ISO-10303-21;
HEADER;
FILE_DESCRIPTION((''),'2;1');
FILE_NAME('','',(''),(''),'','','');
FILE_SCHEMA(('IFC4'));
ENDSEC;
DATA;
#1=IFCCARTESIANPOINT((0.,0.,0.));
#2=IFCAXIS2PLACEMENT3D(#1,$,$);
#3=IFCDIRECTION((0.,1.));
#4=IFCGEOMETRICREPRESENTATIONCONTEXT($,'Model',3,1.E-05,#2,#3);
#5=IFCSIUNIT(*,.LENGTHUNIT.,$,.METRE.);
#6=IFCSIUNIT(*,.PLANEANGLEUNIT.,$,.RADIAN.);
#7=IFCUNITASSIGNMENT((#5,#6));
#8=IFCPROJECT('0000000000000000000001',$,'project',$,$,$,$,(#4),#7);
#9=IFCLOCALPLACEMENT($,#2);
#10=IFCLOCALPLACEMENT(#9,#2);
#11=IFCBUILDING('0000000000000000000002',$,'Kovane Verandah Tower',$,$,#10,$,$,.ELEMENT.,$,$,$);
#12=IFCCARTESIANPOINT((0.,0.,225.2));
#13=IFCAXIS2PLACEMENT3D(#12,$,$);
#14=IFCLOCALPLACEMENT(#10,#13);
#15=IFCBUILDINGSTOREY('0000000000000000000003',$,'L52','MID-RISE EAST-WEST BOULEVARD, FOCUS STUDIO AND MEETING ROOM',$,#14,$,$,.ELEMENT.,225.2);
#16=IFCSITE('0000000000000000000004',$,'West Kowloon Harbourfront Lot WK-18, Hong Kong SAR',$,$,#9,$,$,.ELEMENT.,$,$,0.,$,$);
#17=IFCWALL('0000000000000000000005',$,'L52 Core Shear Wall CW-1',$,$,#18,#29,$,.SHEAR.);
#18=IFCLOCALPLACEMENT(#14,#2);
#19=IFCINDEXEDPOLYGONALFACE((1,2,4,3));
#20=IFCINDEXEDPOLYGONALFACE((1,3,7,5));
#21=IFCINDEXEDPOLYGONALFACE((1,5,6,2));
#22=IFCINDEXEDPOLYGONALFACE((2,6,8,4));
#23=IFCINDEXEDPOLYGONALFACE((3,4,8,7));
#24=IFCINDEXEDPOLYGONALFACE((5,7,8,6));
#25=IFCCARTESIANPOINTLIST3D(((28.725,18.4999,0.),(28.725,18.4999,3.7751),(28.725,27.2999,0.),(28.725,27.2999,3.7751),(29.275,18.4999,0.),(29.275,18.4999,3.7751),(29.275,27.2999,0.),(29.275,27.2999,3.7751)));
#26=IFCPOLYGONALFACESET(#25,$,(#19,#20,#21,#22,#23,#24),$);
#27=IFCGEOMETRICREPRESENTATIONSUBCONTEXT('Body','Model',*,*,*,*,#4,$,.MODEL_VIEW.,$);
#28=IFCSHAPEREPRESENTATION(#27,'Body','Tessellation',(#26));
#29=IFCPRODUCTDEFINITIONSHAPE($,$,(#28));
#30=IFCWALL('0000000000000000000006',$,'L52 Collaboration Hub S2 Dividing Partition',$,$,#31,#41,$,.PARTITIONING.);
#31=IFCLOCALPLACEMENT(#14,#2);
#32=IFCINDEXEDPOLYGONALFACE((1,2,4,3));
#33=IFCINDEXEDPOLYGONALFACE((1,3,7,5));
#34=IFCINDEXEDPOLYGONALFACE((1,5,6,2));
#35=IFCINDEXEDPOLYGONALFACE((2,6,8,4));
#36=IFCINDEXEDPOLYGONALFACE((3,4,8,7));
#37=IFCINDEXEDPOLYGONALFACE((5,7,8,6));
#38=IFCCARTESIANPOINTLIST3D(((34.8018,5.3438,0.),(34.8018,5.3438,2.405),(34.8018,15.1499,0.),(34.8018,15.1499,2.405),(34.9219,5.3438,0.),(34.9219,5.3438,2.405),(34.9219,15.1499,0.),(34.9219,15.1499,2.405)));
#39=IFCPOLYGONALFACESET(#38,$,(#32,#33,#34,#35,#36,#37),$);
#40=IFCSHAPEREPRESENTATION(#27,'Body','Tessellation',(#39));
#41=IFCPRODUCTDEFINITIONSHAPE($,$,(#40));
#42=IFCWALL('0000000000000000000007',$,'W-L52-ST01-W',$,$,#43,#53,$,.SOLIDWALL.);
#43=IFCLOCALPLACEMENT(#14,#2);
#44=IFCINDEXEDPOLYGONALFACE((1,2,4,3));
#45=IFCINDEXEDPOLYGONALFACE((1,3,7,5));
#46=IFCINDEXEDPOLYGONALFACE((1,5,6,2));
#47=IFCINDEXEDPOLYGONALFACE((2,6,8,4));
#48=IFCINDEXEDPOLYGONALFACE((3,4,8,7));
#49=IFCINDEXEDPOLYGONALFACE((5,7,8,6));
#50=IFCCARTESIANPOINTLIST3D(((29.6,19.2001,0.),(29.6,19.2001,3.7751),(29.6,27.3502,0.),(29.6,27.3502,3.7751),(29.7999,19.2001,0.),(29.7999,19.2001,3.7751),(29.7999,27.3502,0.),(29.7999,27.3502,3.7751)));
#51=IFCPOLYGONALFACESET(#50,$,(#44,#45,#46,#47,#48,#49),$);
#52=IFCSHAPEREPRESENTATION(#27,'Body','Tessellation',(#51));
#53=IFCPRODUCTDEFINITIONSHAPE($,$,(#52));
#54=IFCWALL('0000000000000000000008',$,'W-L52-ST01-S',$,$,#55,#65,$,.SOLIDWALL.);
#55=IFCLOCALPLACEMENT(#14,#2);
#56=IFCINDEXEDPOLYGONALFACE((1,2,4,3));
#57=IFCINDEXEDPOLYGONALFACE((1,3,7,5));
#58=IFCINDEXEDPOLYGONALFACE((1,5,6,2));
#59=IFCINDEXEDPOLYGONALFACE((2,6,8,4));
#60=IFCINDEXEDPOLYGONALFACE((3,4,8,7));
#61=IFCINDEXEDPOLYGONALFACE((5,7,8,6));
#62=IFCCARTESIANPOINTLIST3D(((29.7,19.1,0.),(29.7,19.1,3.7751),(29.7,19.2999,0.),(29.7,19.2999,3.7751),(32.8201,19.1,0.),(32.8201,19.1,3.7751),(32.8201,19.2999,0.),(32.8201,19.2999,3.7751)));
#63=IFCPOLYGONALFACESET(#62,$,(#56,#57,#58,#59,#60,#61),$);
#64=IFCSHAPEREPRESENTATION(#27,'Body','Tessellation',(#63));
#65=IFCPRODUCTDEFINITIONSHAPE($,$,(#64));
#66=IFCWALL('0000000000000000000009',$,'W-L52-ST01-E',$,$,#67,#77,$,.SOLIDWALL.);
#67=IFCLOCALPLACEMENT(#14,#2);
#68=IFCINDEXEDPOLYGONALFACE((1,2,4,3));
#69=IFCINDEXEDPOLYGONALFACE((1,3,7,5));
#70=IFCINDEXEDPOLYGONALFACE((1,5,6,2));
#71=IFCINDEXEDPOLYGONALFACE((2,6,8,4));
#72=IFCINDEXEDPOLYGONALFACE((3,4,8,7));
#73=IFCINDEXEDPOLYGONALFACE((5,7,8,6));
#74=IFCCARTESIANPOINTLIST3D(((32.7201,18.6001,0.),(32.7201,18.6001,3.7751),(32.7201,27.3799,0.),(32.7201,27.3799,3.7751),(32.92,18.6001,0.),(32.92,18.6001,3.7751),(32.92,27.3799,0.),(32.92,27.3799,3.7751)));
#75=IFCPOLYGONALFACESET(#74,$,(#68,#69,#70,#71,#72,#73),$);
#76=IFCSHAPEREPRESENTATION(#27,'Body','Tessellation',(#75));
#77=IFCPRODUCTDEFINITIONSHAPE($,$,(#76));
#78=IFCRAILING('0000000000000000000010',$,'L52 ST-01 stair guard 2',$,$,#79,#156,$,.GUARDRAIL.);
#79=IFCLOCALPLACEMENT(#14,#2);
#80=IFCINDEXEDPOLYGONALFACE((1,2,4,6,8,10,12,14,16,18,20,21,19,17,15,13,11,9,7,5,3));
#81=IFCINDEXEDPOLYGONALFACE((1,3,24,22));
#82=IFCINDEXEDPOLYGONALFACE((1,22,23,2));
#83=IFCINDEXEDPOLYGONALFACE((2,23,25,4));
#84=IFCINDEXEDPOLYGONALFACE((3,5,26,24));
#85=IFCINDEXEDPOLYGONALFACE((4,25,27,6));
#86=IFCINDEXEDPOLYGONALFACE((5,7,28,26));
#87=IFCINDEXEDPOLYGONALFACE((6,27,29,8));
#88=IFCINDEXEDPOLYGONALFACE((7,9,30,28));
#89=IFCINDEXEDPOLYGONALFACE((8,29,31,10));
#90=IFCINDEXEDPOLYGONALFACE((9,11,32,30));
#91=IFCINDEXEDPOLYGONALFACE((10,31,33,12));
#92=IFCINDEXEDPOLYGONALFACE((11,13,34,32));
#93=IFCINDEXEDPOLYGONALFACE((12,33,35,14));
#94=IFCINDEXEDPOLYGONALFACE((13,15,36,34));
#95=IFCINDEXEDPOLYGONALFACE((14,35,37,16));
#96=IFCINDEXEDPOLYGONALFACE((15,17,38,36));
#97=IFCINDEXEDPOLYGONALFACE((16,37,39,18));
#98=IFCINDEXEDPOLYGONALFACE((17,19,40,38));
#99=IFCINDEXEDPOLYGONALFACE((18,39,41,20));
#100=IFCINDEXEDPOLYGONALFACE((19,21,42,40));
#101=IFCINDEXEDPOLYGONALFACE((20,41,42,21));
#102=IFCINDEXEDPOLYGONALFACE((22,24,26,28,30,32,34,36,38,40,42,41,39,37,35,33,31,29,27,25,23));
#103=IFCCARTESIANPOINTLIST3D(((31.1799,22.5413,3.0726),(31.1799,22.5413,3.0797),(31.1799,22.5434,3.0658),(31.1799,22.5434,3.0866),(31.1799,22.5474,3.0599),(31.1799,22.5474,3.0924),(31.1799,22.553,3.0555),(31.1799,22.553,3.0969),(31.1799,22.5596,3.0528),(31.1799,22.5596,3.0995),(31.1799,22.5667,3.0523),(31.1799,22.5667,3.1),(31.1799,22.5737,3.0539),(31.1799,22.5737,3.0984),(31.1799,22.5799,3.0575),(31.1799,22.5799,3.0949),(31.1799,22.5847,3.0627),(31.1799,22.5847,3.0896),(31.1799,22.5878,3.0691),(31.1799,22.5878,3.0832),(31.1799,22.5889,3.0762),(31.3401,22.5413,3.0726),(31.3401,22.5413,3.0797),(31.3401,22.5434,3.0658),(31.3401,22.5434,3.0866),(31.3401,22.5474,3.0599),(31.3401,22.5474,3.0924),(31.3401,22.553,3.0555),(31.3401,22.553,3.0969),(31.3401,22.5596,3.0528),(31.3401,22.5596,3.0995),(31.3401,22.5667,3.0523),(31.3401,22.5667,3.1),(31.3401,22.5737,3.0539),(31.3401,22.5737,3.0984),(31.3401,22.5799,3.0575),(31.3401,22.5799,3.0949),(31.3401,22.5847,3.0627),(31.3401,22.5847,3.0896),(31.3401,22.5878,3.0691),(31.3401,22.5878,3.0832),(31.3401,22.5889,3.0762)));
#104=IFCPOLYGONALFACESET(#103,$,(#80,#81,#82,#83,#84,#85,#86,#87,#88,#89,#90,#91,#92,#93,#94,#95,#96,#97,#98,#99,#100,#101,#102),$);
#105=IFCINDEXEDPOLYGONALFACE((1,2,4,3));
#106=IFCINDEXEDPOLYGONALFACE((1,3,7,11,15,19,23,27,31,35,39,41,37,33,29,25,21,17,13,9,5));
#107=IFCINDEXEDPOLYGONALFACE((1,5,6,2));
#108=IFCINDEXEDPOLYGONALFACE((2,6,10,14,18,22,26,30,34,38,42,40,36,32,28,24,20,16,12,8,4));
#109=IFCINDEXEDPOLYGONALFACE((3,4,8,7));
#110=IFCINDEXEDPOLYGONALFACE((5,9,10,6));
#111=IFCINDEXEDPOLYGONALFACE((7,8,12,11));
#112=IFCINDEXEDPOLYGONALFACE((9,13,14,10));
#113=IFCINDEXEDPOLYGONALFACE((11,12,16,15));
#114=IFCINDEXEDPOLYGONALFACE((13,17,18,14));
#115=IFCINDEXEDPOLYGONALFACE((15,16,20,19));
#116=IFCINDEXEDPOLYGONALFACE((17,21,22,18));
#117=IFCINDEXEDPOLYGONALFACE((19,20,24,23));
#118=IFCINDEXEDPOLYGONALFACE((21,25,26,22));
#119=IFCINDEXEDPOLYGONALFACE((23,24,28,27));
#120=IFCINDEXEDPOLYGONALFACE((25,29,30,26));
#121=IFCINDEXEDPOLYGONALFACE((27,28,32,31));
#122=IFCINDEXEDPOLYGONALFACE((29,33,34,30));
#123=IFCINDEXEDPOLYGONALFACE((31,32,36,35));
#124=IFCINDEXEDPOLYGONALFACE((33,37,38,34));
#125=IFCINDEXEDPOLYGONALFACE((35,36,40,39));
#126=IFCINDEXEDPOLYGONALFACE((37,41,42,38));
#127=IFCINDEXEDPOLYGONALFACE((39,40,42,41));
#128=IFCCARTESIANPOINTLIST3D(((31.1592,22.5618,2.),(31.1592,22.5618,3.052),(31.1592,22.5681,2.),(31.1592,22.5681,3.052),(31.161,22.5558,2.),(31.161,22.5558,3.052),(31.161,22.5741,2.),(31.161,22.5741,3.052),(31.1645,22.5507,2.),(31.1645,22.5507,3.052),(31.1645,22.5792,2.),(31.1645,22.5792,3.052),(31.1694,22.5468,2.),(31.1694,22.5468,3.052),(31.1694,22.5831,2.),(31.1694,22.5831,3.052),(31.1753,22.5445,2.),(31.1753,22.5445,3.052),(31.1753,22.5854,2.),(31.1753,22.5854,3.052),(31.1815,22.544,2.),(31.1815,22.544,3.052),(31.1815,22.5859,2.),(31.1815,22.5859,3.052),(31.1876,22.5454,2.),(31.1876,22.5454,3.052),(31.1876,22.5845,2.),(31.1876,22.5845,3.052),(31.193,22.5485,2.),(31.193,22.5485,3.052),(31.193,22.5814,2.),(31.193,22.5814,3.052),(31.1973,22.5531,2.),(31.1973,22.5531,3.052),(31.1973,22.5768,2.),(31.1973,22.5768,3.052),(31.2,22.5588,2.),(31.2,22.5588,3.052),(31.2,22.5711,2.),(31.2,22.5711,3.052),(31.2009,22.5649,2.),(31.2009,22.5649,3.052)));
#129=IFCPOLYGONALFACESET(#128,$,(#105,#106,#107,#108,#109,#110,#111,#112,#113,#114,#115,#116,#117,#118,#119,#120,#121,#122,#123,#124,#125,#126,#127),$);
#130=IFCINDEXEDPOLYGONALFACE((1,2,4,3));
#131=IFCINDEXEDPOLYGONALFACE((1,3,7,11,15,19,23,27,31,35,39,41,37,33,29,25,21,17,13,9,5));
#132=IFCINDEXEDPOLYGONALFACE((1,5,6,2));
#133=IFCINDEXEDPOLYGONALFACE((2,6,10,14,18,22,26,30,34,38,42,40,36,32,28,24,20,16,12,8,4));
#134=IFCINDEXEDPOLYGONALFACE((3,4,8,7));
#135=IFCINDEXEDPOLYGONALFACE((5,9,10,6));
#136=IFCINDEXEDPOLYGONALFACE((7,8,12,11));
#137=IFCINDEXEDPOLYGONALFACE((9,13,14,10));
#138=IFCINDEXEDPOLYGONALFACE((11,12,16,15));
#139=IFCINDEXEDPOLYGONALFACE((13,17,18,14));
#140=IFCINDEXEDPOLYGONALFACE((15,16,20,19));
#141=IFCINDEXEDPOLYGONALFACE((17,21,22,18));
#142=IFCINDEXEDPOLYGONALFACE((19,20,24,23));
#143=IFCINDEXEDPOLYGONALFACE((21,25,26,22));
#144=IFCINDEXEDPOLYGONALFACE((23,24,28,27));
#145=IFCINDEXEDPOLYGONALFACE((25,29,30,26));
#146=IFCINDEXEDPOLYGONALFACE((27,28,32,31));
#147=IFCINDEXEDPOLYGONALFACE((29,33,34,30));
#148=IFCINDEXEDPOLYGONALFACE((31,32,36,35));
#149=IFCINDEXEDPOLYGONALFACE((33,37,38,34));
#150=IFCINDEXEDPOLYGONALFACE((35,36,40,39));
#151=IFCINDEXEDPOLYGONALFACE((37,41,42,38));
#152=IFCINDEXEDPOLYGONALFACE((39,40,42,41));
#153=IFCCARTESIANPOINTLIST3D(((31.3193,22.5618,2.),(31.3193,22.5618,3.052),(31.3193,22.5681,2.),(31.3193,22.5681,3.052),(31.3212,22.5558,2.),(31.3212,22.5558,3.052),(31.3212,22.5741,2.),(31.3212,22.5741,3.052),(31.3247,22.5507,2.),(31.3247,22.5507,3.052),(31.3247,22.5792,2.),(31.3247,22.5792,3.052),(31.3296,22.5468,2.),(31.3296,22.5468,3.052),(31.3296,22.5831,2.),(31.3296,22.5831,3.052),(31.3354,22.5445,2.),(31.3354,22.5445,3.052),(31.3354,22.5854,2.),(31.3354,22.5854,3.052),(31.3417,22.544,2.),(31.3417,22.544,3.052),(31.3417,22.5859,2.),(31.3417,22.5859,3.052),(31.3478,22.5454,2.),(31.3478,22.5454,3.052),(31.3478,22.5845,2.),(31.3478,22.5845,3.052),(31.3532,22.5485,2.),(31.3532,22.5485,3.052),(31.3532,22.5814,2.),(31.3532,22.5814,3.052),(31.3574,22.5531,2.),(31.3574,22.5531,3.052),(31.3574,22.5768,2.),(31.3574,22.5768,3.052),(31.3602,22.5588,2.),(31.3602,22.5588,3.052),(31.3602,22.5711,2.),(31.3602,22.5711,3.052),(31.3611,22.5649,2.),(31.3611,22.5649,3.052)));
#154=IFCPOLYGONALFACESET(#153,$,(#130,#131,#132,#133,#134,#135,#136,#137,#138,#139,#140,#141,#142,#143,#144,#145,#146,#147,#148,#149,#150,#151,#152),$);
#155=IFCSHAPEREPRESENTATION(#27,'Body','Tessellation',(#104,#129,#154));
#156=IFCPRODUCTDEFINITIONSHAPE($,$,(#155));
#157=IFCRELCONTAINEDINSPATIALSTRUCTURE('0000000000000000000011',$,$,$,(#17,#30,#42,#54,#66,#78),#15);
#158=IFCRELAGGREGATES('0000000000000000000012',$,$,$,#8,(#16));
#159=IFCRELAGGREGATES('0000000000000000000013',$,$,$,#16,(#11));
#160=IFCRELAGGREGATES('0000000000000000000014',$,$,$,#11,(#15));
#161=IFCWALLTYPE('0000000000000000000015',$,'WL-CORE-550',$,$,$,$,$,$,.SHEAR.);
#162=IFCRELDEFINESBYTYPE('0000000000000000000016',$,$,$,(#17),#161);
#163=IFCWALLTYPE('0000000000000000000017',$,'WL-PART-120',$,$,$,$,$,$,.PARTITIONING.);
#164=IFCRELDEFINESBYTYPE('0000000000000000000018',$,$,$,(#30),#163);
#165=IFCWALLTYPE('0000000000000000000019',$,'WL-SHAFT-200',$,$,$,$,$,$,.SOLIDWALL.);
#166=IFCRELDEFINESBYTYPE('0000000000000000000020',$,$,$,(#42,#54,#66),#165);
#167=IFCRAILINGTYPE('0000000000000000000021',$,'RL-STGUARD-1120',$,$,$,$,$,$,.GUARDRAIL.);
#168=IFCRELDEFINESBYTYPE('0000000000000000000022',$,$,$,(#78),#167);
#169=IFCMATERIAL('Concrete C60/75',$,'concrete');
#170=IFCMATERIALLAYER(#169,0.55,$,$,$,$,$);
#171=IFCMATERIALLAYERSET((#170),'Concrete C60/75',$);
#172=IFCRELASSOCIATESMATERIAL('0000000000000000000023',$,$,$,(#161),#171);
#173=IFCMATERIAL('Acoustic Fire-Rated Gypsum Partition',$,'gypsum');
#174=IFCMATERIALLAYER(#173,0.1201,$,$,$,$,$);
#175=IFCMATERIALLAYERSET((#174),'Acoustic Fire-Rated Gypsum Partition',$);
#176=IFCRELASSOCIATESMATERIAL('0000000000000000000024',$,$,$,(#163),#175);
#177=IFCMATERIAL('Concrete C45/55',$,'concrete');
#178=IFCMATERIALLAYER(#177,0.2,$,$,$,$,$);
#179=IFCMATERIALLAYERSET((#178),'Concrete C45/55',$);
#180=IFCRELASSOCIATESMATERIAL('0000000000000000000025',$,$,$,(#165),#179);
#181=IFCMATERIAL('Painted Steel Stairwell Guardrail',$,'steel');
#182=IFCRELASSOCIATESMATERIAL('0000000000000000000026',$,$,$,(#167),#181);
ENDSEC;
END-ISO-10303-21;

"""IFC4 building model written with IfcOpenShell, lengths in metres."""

from ifc_helpers import new_model, si_unit, direction, frame, frame_2d, origin, origin_2d, place, context, subcontext, project, spatial, rectangle, circle, extrude, material, layer, layer_set, type_object, element, save


model = new_model("IFC4")

# Units and contexts
model_context = context("Model", 3, precision=1e-05, world=origin(), true_north=direction((0.0, 1.0)))
body_context = subcontext(model_context, "Body", "Model", "MODEL_VIEW")
ifc_project = project(units=[si_unit("LENGTHUNIT", "METRE"), si_unit("PLANEANGLEUNIT", "RADIAN")], contexts=[model_context])

# Site, building, storey
site_placement = place(None, origin())
site = spatial("IfcSite", under=ifc_project, at=site_placement, Name="West Kowloon Harbourfront Lot WK-18, Hong Kong SAR", CompositionType="ELEMENT", RefElevation=0.0)
building_placement = place(site_placement, origin())
building = spatial("IfcBuilding", under=site, at=building_placement, Name="Kovane Verandah Tower", CompositionType="ELEMENT")
storey_placement = place(building_placement, frame((0.0, 0.0, 225.2)))
storey = spatial("IfcBuildingStorey", under=building, at=storey_placement, Name="L52", Description="MID-RISE EAST-WEST BOULEVARD, FOCUS STUDIO AND MEETING ROOM", CompositionType="ELEMENT", Elevation=225.2)

# Shared definitions
ifc_material_1 = material(Name="Concrete C60/75", Category="concrete")

# Walls
ifc_layer_1 = layer(ifc_material_1, 0.55)
ifc_layer_set_1 = layer_set([ifc_layer_1], Name="Concrete C60/75")
wall_type_1 = type_object("IfcWallType", Name="WL-CORE-550", PredefinedType="SHEAR", material=ifc_layer_set_1)
wall_1_placement = place(storey_placement, frame((29.0, 18.5, 0.0), z_axis=(0.0, 0.0, 1.0), x_axis=(0.0, 1.0, 0.0)))
element("IfcWall", 1, at=wall_1_placement, inside=storey, type_object=wall_type_1, Name="L52 Core Shear Wall CW-1", PredefinedType="SHEAR", context=body_context, shape_type="SweptSolid", body=[
    extrude(rectangle(XDim=8.8, YDim=0.55, at=frame_2d((4.3999, 0.0))), origin(), (0.0, 0.0, 1.0), 3.7751),
])
ifc_material_2 = material(Name="Acoustic Fire-Rated Gypsum Partition", Category="gypsum")
ifc_layer_2 = layer(ifc_material_2, 0.1201)
ifc_layer_set_2 = layer_set([ifc_layer_2], Name="Acoustic Fire-Rated Gypsum Partition")
wall_type_2 = type_object("IfcWallType", Name="WL-PART-120", PredefinedType="PARTITIONING", material=ifc_layer_set_2)
wall_2_placement = place(storey_placement, frame((34.8618, 5.3438, 0.0), z_axis=(0.0, 0.0, 1.0), x_axis=(0.0, 1.0, 0.0)))
element("IfcWall", 2, at=wall_2_placement, inside=storey, type_object=wall_type_2, Name="L52 Collaboration Hub S2 Dividing Partition", PredefinedType="PARTITIONING", context=body_context, shape_type="SweptSolid", body=[
    extrude(rectangle(XDim=9.8062, YDim=0.1201, at=frame_2d((4.9031, 0.0))), origin(), (0.0, 0.0, 1.0), 2.405),
])
ifc_material_3 = material(Name="Concrete C45/55", Category="concrete")
ifc_layer_3 = layer(ifc_material_3, 0.2)
ifc_layer_set_3 = layer_set([ifc_layer_3], Name="Concrete C45/55")
wall_type_3 = type_object("IfcWallType", Name="WL-SHAFT-200", PredefinedType="SOLIDWALL", material=ifc_layer_set_3)
wall_3_placement = place(storey_placement, frame((29.7, 19.2, 0.0), z_axis=(0.0, 0.0, 1.0), x_axis=(0.0, 1.0, 0.0)))
element("IfcWall", 3, at=wall_3_placement, inside=storey, type_object=wall_type_3, Name="W-L52-ST01-W", PredefinedType="SOLIDWALL", context=body_context, shape_type="SweptSolid", body=[
    extrude(rectangle(XDim=8.1501, YDim=0.2, at=frame_2d((4.0752, 0.0))), origin(), (0.0, 0.0, 1.0), 3.7751),
])
wall_4_placement = place(storey_placement, frame((29.7, 19.2, 0.0), z_axis=(0.0, 0.0, 1.0), x_axis=(1.0, 0.0, 0.0)))
element("IfcWall", 4, at=wall_4_placement, inside=storey, type_object=wall_type_3, Name="W-L52-ST01-S", PredefinedType="SOLIDWALL", context=body_context, shape_type="SweptSolid", body=[
    extrude(rectangle(XDim=3.1201, YDim=0.2, at=frame_2d((1.5601, 0.0))), origin(), (0.0, 0.0, 1.0), 3.7751),
])
wall_5_placement = place(storey_placement, frame((32.8201, 18.6001, 0.0), z_axis=(0.0, 0.0, 1.0), x_axis=(0.0, 1.0, 0.0)))
element("IfcWall", 5, at=wall_5_placement, inside=storey, type_object=wall_type_3, Name="W-L52-ST01-E", PredefinedType="SOLIDWALL", context=body_context, shape_type="SweptSolid", body=[
    extrude(rectangle(XDim=8.7798, YDim=0.2, at=frame_2d((4.3899, 0.0))), origin(), (0.0, 0.0, 1.0), 3.7751),
])

# Railing
ifc_material_4 = material(Name="Painted Steel Stairwell Guardrail", Category="steel")
railing_type_1 = type_object("IfcRailingType", Name="RL-STGUARD-1120", PredefinedType="GUARDRAIL", material=ifc_material_4)
railing_1_placement = place(storey_placement, frame((31.1799, 22.5649, 2.0)))
element("IfcRailing", 6, at=railing_1_placement, inside=storey, type_object=railing_type_1, Name="L52 ST-01 stair guard 2", PredefinedType="GUARDRAIL", context=body_context, shape_type="SweptSolid", body=[
    extrude(circle(Radius=0.0239, at=origin_2d()), frame((0.0, 0.0, 1.0762), z_axis=(1.0, 0.0, 0.0), x_axis=(0.0, 1.0, 0.0)), (0.0, 0.0, 1.0), 0.1602),
    extrude(circle(Radius=0.021, at=origin_2d()), origin(), (0.0, 0.0, 1.0), 1.052),
    extrude(circle(Radius=0.021, at=origin_2d()), frame((0.1602, 0.0, 0.0)), (0.0, 0.0, 1.0), 1.052),
])

save(model, "model.ifc")
